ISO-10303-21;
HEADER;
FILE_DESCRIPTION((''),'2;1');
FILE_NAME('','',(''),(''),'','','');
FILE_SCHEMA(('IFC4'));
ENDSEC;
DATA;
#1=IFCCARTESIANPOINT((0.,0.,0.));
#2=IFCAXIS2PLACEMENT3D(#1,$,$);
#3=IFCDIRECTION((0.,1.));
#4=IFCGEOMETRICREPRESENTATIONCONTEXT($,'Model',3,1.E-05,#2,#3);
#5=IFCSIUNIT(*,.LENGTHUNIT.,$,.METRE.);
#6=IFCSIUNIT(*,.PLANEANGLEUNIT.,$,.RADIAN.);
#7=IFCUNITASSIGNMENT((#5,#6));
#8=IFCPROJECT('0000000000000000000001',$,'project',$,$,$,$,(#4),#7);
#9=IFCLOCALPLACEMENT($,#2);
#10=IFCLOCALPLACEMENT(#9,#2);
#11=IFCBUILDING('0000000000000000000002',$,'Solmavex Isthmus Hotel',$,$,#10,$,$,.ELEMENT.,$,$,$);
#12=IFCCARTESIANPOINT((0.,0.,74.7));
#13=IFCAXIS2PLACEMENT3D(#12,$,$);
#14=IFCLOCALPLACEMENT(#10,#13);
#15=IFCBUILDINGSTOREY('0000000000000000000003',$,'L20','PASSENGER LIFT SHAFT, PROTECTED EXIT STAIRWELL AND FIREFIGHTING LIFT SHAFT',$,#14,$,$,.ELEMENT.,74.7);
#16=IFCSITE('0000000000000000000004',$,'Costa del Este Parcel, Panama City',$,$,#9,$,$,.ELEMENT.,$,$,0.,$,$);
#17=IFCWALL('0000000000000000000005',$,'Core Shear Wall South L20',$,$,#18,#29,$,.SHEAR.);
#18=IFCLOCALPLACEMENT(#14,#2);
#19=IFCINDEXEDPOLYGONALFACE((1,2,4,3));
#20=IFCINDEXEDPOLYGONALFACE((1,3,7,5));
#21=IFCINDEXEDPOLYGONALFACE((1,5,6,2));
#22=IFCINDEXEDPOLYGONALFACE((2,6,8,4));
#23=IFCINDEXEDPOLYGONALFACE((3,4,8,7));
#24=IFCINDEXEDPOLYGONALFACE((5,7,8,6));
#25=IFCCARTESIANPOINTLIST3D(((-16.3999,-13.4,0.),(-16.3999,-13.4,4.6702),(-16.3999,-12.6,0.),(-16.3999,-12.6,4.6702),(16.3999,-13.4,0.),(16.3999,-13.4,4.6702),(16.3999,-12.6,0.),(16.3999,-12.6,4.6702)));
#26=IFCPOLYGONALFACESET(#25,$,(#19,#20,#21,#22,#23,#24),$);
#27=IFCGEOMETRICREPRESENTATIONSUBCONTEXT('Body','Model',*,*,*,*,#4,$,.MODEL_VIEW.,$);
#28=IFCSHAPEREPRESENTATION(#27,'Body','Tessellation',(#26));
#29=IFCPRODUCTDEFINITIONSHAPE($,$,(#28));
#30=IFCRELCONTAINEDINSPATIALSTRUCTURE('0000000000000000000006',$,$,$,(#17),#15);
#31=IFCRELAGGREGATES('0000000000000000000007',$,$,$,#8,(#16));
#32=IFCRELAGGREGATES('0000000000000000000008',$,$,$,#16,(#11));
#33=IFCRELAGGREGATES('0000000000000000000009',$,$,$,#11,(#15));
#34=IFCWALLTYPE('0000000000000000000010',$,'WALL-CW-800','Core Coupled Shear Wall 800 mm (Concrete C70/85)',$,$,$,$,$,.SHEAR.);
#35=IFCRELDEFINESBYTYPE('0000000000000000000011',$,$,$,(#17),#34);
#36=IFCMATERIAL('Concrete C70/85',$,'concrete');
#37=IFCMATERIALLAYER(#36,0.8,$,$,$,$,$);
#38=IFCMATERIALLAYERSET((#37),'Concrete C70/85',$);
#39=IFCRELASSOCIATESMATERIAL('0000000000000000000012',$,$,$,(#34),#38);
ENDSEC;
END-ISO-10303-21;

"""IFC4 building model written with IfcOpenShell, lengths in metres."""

from ifc_helpers import new_model, si_unit, direction, frame, frame_2d, origin, place, context, subcontext, project, spatial, rectangle, extrude, material, layer, layer_set, type_object, element, save


model = new_model("IFC4")

# Units and contexts
model_context = context("Model", 3, precision=1e-05, world=origin(), true_north=direction((0.0, 1.0)))
body_context = subcontext(model_context, "Body", "Model", "MODEL_VIEW")
ifc_project = project(units=[si_unit("LENGTHUNIT", "METRE"), si_unit("PLANEANGLEUNIT", "RADIAN")], contexts=[model_context])

# Site, building, storey
site_placement = place(None, origin())
site = spatial("IfcSite", under=ifc_project, at=site_placement, Name="Costa del Este Parcel, Panama City", CompositionType="ELEMENT", RefElevation=0.0)
building_placement = place(site_placement, origin())
building = spatial("IfcBuilding", under=site, at=building_placement, Name="Solmavex Isthmus Hotel", CompositionType="ELEMENT")
storey_placement = place(building_placement, frame((0.0, 0.0, 74.7)))
storey = spatial("IfcBuildingStorey", under=building, at=storey_placement, Name="L20", Description="PASSENGER LIFT SHAFT, PROTECTED EXIT STAIRWELL AND FIREFIGHTING LIFT SHAFT", CompositionType="ELEMENT", Elevation=74.7)

# Wall
ifc_material_1 = material(Name="Concrete C70/85", Category="concrete")
ifc_layer_1 = layer(ifc_material_1, 0.8)
ifc_layer_set_1 = layer_set([ifc_layer_1], Name="Concrete C70/85")
wall_type_1 = type_object("IfcWallType", Name="WALL-CW-800", Description="Core Coupled Shear Wall 800 mm (Concrete C70/85)", PredefinedType="SHEAR", material=ifc_layer_set_1)
wall_1_placement = place(storey_placement, frame((-16.3999, -13.0, 0.0), z_axis=(0.0, 0.0, 1.0), x_axis=(1.0, 0.0, 0.0)))
element("IfcWall", 1, at=wall_1_placement, inside=storey, type_object=wall_type_1, Name="Core Shear Wall South L20", PredefinedType="SHEAR", context=body_context, shape_type="SweptSolid", body=[
    extrude(rectangle(XDim=32.7998, YDim=0.8, at=frame_2d((16.3999, 0.0))), origin(), (0.0, 0.0, 1.0), 4.6702),
])

save(model, "model.ifc")
